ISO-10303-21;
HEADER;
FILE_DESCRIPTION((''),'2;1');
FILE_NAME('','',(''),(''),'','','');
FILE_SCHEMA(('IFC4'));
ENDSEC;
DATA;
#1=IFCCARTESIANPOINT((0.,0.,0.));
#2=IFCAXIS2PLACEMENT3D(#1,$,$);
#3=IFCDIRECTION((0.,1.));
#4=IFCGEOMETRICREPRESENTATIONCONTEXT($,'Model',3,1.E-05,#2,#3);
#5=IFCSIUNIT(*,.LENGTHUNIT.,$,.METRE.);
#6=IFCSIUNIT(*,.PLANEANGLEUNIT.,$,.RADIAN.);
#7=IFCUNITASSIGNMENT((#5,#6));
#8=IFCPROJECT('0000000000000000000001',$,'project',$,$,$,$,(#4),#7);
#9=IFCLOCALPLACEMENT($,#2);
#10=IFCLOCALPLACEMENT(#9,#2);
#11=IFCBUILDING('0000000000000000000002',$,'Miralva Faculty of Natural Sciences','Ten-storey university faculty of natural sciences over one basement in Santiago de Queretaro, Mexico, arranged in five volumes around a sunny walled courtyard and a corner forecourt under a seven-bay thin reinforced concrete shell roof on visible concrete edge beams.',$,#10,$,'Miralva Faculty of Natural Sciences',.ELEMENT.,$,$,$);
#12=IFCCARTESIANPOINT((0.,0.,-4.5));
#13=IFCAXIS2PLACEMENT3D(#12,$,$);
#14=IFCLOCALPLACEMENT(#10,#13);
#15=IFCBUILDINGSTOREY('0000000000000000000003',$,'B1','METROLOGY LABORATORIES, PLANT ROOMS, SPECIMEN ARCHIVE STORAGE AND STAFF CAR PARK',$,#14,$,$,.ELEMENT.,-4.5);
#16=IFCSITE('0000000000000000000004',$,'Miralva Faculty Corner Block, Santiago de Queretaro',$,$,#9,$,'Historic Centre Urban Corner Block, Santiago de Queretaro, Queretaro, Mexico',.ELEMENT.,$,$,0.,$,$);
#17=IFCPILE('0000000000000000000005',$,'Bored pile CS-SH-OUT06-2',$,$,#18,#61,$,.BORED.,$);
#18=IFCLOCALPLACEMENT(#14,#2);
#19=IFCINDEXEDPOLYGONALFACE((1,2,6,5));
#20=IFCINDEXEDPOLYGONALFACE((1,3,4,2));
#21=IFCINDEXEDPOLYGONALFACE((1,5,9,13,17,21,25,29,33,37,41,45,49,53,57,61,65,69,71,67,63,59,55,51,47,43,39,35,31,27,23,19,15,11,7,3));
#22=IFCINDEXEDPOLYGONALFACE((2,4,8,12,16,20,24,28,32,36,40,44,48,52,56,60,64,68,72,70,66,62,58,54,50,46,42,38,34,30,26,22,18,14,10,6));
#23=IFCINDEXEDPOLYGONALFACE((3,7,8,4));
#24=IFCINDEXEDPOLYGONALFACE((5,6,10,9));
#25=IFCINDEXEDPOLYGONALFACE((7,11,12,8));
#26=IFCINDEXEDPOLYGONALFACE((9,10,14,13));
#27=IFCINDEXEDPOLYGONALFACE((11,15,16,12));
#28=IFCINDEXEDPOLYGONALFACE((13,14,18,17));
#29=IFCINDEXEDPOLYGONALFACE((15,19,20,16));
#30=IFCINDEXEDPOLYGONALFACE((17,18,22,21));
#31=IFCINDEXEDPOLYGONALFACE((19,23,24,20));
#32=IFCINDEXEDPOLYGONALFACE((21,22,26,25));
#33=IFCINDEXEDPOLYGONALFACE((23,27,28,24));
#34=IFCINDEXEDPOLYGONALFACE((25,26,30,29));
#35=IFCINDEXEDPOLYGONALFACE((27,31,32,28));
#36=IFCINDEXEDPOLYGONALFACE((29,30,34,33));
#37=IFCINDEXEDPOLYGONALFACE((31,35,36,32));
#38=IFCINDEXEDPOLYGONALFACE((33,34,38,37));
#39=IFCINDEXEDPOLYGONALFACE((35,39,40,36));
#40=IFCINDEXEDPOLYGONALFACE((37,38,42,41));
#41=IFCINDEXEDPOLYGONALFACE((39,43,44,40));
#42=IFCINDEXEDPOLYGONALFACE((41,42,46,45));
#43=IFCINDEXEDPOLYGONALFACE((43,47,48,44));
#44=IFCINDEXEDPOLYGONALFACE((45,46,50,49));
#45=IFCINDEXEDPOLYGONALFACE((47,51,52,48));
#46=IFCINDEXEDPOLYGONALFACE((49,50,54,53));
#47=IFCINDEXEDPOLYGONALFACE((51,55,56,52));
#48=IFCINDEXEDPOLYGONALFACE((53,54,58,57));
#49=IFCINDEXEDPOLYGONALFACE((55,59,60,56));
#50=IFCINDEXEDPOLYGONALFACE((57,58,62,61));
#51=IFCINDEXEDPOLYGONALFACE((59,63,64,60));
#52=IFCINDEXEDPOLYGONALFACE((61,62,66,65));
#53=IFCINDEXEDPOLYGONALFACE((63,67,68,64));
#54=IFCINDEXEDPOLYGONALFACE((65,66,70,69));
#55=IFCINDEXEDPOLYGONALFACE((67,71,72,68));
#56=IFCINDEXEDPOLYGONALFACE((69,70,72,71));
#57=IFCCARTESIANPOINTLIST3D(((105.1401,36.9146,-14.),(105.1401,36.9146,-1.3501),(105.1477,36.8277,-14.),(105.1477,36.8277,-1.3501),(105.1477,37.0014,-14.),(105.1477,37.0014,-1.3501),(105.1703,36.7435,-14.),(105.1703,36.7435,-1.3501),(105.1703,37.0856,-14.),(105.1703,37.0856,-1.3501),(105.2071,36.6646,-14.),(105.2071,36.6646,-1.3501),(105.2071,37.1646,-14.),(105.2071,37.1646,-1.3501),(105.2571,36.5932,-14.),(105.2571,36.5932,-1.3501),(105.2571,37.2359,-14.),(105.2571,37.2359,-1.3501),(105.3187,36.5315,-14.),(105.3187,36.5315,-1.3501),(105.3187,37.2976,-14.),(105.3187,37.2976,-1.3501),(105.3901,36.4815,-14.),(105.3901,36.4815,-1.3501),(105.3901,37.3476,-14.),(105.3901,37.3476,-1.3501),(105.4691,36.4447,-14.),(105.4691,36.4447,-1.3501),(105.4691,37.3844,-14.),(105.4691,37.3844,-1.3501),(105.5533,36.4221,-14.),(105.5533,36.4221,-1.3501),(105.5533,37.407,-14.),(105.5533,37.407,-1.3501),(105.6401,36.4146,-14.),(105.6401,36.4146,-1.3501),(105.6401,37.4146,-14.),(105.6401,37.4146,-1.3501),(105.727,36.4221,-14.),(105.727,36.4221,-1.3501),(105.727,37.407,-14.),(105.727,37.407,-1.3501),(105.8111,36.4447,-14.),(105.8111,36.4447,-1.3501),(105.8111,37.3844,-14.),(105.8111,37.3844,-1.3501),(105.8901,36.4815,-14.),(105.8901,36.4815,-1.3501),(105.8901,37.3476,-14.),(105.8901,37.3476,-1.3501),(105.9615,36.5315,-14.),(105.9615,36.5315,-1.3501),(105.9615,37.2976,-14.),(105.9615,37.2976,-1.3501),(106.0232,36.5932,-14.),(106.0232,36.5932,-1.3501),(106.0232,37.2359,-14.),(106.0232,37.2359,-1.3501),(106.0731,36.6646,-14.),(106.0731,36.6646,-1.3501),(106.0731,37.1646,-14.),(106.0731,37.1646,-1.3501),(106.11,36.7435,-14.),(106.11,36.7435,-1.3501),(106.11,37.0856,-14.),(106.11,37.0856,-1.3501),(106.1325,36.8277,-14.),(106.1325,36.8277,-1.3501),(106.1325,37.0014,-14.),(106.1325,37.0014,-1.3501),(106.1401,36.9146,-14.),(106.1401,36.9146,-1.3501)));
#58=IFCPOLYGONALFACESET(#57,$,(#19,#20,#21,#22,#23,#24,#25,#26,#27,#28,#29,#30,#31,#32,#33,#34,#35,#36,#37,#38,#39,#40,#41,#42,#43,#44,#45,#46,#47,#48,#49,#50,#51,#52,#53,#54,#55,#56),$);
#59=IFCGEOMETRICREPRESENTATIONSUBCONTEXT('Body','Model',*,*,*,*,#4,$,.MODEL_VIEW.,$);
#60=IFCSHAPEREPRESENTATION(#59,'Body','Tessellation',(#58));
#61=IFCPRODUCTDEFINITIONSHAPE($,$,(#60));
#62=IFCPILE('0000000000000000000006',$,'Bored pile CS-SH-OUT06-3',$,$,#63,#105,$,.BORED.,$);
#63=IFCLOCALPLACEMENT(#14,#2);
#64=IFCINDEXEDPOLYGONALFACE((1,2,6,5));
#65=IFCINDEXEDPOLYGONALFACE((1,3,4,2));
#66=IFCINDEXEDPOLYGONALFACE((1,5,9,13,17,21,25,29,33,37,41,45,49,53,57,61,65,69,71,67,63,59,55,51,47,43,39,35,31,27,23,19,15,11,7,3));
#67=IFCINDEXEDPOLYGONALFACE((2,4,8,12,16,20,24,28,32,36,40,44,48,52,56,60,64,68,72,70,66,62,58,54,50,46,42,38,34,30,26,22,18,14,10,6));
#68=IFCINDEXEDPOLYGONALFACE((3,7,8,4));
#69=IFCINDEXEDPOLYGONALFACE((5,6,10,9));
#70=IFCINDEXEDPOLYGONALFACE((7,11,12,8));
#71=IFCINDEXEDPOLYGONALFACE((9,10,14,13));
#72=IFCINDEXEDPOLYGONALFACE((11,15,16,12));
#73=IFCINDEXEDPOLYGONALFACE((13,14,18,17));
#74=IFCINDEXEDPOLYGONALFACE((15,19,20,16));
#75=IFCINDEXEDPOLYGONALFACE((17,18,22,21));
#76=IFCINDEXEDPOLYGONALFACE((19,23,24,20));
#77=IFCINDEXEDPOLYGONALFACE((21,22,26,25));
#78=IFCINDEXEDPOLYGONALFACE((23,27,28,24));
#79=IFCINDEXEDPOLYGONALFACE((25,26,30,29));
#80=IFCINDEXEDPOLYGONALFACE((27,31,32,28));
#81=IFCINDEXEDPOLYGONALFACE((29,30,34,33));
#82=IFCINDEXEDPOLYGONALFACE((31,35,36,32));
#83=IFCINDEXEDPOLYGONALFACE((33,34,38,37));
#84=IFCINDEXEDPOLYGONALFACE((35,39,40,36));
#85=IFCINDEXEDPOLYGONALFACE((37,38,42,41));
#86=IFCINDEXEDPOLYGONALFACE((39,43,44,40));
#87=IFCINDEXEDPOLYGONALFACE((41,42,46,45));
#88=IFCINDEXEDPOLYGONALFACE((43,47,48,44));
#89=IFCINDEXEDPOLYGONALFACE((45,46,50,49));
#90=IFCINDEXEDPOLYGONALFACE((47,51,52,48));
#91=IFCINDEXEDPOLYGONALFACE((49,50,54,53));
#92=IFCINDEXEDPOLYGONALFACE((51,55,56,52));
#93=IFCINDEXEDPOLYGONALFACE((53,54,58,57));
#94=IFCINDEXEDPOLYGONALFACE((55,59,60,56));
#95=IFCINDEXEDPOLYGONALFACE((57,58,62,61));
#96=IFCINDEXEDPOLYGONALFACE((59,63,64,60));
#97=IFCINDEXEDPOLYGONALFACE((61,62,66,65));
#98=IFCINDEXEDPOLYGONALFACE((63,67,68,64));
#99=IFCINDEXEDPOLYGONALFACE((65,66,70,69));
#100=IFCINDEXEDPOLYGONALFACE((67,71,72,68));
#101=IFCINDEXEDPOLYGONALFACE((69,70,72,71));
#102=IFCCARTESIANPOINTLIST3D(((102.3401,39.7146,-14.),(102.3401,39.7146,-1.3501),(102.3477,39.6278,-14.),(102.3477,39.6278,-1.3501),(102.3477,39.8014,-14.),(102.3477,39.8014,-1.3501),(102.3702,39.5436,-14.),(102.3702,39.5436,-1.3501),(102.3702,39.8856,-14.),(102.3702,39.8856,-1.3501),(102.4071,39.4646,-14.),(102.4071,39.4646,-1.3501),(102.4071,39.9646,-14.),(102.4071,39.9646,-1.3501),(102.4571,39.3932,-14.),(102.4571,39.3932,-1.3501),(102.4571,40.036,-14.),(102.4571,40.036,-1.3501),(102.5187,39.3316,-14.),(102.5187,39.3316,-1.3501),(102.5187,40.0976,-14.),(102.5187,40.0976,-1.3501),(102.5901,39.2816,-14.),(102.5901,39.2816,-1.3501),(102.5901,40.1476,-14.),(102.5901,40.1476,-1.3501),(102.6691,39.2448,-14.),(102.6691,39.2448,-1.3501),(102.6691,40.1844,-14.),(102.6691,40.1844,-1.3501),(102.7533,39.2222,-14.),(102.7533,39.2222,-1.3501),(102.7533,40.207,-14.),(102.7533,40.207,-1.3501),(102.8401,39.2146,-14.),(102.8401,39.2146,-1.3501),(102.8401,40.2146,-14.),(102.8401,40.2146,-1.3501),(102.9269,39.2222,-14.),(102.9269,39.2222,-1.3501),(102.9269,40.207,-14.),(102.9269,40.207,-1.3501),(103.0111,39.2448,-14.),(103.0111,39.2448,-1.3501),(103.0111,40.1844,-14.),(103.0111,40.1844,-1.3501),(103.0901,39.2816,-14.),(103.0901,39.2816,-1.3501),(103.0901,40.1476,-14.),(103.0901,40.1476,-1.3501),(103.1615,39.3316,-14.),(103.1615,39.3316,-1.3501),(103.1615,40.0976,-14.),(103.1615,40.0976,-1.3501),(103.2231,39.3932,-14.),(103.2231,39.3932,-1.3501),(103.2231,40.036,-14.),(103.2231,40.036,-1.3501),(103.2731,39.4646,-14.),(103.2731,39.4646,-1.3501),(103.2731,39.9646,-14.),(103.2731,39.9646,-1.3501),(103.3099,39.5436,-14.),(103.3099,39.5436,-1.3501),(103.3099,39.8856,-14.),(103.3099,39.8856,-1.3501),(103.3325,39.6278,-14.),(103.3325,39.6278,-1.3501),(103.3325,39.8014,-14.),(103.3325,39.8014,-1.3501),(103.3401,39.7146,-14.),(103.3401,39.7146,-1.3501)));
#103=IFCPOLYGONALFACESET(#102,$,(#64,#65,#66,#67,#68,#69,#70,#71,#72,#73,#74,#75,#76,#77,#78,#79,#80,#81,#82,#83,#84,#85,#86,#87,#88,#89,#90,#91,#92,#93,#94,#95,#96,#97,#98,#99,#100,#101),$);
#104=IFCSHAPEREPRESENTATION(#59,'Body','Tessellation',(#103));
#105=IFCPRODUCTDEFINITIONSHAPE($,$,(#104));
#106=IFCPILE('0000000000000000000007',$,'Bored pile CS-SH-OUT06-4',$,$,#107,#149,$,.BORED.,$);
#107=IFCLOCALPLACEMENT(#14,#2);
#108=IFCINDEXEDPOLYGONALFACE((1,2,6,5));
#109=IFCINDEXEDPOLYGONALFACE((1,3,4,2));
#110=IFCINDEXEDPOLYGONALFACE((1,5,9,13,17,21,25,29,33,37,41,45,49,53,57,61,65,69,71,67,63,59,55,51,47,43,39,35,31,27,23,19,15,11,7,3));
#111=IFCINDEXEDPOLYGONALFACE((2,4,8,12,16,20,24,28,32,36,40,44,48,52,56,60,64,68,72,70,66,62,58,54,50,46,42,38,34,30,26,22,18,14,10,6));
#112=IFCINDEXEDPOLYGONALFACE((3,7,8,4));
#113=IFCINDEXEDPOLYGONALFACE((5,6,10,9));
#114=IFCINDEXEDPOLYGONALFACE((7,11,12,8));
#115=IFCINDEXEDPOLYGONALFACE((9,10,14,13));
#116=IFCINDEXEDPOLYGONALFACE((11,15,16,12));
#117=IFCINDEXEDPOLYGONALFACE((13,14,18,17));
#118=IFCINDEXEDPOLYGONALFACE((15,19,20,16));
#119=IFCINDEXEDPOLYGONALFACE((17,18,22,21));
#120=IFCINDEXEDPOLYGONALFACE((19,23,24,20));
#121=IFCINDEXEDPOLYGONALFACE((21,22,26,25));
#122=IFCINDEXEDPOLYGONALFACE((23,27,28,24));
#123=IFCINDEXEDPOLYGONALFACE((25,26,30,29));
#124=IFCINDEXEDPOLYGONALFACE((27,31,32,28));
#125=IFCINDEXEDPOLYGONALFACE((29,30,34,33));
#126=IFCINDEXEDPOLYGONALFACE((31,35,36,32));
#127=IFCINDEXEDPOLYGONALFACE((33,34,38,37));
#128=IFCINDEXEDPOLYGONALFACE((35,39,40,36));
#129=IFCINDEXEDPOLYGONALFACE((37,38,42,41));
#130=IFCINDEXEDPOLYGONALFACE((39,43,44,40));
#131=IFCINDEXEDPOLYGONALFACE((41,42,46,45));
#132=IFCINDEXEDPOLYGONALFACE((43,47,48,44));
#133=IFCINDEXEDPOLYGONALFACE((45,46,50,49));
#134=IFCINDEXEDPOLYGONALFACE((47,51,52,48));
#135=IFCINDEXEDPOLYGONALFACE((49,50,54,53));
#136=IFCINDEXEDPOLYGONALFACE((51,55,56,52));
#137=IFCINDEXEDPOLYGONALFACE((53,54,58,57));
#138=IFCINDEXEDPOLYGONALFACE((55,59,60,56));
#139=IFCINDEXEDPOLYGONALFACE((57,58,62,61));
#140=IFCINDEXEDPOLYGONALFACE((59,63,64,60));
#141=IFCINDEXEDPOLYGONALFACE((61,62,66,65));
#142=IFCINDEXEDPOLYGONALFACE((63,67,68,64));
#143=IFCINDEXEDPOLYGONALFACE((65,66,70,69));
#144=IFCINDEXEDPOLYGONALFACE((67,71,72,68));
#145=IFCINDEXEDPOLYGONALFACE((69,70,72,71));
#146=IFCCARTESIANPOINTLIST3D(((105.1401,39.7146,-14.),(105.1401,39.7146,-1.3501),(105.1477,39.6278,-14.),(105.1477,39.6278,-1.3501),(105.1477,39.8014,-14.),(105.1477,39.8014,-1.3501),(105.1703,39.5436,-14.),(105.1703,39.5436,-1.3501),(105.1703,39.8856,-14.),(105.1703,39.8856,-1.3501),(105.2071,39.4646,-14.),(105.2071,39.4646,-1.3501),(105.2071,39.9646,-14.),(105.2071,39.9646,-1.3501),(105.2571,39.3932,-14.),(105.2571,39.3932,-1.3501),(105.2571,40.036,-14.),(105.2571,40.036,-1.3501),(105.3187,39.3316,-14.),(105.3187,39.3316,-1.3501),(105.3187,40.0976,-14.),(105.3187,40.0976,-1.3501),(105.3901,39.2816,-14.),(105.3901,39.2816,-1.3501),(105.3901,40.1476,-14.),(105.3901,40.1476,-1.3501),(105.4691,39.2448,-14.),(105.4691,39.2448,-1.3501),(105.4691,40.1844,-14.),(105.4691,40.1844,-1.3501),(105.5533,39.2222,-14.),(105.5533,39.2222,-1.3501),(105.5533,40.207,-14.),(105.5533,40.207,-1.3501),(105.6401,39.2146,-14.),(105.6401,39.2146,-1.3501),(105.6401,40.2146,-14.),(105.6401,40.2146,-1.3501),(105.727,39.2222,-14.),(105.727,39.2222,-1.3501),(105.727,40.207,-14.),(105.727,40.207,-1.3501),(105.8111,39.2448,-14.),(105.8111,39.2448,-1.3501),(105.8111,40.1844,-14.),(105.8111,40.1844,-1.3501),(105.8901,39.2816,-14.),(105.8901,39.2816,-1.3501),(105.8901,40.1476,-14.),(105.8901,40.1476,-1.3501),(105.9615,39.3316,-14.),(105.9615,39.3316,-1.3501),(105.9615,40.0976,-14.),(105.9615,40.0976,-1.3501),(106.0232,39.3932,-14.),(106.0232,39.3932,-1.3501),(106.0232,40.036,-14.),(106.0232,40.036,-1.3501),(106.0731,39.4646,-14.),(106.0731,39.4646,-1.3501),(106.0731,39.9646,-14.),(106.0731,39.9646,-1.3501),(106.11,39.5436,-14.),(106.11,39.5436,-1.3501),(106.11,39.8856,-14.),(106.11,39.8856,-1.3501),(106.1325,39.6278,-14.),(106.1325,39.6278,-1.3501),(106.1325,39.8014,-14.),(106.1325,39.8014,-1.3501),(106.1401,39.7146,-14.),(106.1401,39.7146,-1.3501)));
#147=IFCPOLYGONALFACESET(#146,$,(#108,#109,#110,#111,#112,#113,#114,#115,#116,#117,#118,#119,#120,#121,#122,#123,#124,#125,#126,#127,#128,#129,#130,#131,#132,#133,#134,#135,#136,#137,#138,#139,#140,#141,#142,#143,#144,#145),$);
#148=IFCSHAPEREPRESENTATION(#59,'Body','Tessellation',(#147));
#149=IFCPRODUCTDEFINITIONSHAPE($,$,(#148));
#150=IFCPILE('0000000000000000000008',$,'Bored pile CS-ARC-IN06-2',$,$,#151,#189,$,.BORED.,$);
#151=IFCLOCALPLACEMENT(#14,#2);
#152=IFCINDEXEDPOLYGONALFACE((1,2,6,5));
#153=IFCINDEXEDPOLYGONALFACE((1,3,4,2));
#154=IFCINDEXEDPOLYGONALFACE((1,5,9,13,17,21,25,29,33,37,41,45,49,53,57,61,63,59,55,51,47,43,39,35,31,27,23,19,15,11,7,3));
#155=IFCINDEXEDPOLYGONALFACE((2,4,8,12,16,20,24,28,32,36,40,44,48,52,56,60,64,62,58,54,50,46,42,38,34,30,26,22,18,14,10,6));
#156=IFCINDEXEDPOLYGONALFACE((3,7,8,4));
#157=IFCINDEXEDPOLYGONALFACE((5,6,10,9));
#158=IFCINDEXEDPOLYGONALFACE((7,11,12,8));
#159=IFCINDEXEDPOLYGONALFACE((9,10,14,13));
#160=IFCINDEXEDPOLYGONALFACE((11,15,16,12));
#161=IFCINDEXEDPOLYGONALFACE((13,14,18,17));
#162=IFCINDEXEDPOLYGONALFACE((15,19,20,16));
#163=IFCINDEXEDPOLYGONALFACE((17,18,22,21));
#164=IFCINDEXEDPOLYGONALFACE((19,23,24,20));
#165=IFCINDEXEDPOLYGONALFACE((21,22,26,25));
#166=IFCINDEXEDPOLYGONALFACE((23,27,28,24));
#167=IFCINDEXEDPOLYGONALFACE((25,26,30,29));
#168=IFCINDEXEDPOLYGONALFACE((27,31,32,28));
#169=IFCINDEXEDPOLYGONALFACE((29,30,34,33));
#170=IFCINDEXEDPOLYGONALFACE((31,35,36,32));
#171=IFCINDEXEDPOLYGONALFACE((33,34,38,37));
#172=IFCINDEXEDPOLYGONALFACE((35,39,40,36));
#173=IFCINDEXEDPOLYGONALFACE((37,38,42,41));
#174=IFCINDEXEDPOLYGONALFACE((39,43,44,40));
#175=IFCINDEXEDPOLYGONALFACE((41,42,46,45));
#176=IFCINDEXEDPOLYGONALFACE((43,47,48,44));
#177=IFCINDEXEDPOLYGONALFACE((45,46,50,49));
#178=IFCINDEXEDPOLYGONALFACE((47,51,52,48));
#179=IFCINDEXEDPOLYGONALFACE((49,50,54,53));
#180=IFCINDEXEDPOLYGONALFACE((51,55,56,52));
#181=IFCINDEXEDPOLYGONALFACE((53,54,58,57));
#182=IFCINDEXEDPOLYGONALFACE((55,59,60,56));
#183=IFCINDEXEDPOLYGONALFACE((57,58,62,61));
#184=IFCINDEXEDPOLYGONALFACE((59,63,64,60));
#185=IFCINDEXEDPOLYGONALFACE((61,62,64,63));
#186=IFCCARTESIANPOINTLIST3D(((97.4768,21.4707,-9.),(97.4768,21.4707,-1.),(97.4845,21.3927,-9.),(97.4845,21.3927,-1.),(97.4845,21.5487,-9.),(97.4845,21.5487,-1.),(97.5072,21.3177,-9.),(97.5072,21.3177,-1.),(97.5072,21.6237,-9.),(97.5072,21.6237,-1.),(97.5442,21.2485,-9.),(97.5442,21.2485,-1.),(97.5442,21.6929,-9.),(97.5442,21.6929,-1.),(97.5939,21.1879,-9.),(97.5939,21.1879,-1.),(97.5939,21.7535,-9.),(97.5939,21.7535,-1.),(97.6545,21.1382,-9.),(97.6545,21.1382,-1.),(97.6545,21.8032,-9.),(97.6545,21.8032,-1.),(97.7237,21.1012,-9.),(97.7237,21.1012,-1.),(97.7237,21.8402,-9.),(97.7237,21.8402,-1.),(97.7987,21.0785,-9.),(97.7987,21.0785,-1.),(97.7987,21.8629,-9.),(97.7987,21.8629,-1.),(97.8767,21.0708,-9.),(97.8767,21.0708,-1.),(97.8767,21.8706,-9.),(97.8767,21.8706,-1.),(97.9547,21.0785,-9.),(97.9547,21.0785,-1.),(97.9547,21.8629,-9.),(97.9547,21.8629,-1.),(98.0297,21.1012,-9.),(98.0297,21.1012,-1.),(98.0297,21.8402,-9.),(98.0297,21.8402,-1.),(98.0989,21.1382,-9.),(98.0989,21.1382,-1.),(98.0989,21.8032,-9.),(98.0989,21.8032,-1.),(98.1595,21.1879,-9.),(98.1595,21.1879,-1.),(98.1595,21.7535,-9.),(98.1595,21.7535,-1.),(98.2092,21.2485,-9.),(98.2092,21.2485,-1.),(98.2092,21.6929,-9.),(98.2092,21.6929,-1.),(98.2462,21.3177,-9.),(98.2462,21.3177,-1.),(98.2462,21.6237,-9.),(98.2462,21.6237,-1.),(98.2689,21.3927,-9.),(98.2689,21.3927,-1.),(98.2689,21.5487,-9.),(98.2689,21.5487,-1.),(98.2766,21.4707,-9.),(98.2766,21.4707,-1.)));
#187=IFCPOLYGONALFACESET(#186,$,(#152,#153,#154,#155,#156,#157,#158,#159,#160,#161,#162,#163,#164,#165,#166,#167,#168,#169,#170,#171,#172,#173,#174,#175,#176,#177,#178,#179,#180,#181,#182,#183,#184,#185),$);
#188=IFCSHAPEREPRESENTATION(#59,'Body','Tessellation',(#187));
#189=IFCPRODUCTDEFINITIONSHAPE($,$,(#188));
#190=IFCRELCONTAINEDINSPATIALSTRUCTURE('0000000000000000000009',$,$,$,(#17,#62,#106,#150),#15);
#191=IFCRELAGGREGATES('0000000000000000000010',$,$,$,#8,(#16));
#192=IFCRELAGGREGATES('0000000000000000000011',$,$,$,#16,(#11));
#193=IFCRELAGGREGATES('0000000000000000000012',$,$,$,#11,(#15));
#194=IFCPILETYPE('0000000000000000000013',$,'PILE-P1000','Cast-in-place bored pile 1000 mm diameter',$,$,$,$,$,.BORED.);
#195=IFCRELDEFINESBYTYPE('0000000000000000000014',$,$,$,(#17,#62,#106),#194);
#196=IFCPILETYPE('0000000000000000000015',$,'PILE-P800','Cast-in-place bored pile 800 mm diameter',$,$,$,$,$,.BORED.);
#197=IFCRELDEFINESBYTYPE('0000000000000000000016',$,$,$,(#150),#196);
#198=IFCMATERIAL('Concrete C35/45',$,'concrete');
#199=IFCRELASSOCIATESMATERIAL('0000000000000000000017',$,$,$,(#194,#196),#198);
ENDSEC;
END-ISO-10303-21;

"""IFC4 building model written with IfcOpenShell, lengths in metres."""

from ifc_helpers import new_model, si_unit, direction, frame, origin, origin_2d, place, context, subcontext, project, spatial, circle, extrude, material, material_profile, profile_set, type_object, element, save


model = new_model("IFC4")

# Units and contexts
model_context = context("Model", 3, precision=1e-05, world=origin(), true_north=direction((0.0, 1.0)))
body_context = subcontext(model_context, "Body", "Model", "MODEL_VIEW")
ifc_project = project(units=[si_unit("LENGTHUNIT", "METRE"), si_unit("PLANEANGLEUNIT", "RADIAN")], contexts=[model_context])

# Site, building, storey
site_placement = place(None, origin())
site = spatial("IfcSite", under=ifc_project, at=site_placement, Name="Miralva Faculty Corner Block, Santiago de Queretaro", LongName="Historic Centre Urban Corner Block, Santiago de Queretaro, Queretaro, Mexico", CompositionType="ELEMENT", RefElevation=0.0)
building_placement = place(site_placement, origin())
building = spatial("IfcBuilding", under=site, at=building_placement, Name="Miralva Faculty of Natural Sciences", Description="Ten-storey university faculty of natural sciences over one basement in Santiago de Queretaro, Mexico, arranged in five volumes around a sunny walled courtyard and a corner forecourt under a seven-bay thin reinforced concrete shell roof on visible concrete edge beams.", LongName="Miralva Faculty of Natural Sciences", CompositionType="ELEMENT")
storey_placement = place(building_placement, frame((0.0, 0.0, -4.5)))
storey = spatial("IfcBuildingStorey", under=building, at=storey_placement, Name="B1", Description="METROLOGY LABORATORIES, PLANT ROOMS, SPECIMEN ARCHIVE STORAGE AND STAFF CAR PARK", CompositionType="ELEMENT", Elevation=-4.5)

# Shared definitions
ifc_material_1 = material(Name="Concrete C35/45", Category="concrete")

# Piles
ifc_material_profile_1 = material_profile(ifc_material_1, circle(Radius=0.5, at=origin_2d()), Name="BORED PILE 1000")
ifc_profile_set_1 = profile_set([ifc_material_profile_1], Name="Concrete C35/45")
pile_type_1 = type_object("IfcPileType", Name="PILE-P1000", Description="Cast-in-place bored pile 1000 mm diameter", PredefinedType="BORED", material=ifc_profile_set_1)
for number, where, z_axis, x_axis, name in (
    (1, (105.6401, 36.9146, -1.3501), (0.0, 0.0, -1.0), (1.0, 0.0, 0.0), "Bored pile CS-SH-OUT06-2"),
    (2, (102.8401, 39.7146, -1.3501), (0.0, 0.0, -1.0), (1.0, 0.0, 0.0), "Bored pile CS-SH-OUT06-3"),
    (3, (105.6401, 39.7146, -1.3501), (0.0, 0.0, -1.0), (1.0, 0.0, 0.0), "Bored pile CS-SH-OUT06-4"),
):
    element("IfcPile", number, at=place(storey_placement, frame(where, z_axis=z_axis, x_axis=x_axis)), inside=storey, type_object=pile_type_1, Name=name, PredefinedType="BORED", context=body_context, shape_type="SweptSolid", body=[
        extrude(circle(Radius=0.5, at=origin_2d()), origin(), (0.0, 0.0, 1.0), 12.6499),
    ])
ifc_material_profile_2 = material_profile(ifc_material_1, circle(Radius=0.3999, at=origin_2d()), Name="BORED PILE 800")
ifc_profile_set_2 = profile_set([ifc_material_profile_2], Name="Concrete C35/45")
pile_type_2 = type_object("IfcPileType", Name="PILE-P800", Description="Cast-in-place bored pile 800 mm diameter", PredefinedType="BORED", material=ifc_profile_set_2)
for number, where, z_axis, x_axis, name in (
    (4, (97.8767, 21.4707, -1.0), (0.0, 0.0, -1.0), (1.0, 0.0, 0.0), "Bored pile CS-ARC-IN06-2"),
):
    element("IfcPile", number, at=place(storey_placement, frame(where, z_axis=z_axis, x_axis=x_axis)), inside=storey, type_object=pile_type_2, Name=name, PredefinedType="BORED", context=body_context, shape_type="SweptSolid", body=[
        extrude(circle(Radius=0.3999, at=origin_2d()), origin(), (0.0, 0.0, 1.0), 8.0),
    ])

save(model, "model.ifc")
